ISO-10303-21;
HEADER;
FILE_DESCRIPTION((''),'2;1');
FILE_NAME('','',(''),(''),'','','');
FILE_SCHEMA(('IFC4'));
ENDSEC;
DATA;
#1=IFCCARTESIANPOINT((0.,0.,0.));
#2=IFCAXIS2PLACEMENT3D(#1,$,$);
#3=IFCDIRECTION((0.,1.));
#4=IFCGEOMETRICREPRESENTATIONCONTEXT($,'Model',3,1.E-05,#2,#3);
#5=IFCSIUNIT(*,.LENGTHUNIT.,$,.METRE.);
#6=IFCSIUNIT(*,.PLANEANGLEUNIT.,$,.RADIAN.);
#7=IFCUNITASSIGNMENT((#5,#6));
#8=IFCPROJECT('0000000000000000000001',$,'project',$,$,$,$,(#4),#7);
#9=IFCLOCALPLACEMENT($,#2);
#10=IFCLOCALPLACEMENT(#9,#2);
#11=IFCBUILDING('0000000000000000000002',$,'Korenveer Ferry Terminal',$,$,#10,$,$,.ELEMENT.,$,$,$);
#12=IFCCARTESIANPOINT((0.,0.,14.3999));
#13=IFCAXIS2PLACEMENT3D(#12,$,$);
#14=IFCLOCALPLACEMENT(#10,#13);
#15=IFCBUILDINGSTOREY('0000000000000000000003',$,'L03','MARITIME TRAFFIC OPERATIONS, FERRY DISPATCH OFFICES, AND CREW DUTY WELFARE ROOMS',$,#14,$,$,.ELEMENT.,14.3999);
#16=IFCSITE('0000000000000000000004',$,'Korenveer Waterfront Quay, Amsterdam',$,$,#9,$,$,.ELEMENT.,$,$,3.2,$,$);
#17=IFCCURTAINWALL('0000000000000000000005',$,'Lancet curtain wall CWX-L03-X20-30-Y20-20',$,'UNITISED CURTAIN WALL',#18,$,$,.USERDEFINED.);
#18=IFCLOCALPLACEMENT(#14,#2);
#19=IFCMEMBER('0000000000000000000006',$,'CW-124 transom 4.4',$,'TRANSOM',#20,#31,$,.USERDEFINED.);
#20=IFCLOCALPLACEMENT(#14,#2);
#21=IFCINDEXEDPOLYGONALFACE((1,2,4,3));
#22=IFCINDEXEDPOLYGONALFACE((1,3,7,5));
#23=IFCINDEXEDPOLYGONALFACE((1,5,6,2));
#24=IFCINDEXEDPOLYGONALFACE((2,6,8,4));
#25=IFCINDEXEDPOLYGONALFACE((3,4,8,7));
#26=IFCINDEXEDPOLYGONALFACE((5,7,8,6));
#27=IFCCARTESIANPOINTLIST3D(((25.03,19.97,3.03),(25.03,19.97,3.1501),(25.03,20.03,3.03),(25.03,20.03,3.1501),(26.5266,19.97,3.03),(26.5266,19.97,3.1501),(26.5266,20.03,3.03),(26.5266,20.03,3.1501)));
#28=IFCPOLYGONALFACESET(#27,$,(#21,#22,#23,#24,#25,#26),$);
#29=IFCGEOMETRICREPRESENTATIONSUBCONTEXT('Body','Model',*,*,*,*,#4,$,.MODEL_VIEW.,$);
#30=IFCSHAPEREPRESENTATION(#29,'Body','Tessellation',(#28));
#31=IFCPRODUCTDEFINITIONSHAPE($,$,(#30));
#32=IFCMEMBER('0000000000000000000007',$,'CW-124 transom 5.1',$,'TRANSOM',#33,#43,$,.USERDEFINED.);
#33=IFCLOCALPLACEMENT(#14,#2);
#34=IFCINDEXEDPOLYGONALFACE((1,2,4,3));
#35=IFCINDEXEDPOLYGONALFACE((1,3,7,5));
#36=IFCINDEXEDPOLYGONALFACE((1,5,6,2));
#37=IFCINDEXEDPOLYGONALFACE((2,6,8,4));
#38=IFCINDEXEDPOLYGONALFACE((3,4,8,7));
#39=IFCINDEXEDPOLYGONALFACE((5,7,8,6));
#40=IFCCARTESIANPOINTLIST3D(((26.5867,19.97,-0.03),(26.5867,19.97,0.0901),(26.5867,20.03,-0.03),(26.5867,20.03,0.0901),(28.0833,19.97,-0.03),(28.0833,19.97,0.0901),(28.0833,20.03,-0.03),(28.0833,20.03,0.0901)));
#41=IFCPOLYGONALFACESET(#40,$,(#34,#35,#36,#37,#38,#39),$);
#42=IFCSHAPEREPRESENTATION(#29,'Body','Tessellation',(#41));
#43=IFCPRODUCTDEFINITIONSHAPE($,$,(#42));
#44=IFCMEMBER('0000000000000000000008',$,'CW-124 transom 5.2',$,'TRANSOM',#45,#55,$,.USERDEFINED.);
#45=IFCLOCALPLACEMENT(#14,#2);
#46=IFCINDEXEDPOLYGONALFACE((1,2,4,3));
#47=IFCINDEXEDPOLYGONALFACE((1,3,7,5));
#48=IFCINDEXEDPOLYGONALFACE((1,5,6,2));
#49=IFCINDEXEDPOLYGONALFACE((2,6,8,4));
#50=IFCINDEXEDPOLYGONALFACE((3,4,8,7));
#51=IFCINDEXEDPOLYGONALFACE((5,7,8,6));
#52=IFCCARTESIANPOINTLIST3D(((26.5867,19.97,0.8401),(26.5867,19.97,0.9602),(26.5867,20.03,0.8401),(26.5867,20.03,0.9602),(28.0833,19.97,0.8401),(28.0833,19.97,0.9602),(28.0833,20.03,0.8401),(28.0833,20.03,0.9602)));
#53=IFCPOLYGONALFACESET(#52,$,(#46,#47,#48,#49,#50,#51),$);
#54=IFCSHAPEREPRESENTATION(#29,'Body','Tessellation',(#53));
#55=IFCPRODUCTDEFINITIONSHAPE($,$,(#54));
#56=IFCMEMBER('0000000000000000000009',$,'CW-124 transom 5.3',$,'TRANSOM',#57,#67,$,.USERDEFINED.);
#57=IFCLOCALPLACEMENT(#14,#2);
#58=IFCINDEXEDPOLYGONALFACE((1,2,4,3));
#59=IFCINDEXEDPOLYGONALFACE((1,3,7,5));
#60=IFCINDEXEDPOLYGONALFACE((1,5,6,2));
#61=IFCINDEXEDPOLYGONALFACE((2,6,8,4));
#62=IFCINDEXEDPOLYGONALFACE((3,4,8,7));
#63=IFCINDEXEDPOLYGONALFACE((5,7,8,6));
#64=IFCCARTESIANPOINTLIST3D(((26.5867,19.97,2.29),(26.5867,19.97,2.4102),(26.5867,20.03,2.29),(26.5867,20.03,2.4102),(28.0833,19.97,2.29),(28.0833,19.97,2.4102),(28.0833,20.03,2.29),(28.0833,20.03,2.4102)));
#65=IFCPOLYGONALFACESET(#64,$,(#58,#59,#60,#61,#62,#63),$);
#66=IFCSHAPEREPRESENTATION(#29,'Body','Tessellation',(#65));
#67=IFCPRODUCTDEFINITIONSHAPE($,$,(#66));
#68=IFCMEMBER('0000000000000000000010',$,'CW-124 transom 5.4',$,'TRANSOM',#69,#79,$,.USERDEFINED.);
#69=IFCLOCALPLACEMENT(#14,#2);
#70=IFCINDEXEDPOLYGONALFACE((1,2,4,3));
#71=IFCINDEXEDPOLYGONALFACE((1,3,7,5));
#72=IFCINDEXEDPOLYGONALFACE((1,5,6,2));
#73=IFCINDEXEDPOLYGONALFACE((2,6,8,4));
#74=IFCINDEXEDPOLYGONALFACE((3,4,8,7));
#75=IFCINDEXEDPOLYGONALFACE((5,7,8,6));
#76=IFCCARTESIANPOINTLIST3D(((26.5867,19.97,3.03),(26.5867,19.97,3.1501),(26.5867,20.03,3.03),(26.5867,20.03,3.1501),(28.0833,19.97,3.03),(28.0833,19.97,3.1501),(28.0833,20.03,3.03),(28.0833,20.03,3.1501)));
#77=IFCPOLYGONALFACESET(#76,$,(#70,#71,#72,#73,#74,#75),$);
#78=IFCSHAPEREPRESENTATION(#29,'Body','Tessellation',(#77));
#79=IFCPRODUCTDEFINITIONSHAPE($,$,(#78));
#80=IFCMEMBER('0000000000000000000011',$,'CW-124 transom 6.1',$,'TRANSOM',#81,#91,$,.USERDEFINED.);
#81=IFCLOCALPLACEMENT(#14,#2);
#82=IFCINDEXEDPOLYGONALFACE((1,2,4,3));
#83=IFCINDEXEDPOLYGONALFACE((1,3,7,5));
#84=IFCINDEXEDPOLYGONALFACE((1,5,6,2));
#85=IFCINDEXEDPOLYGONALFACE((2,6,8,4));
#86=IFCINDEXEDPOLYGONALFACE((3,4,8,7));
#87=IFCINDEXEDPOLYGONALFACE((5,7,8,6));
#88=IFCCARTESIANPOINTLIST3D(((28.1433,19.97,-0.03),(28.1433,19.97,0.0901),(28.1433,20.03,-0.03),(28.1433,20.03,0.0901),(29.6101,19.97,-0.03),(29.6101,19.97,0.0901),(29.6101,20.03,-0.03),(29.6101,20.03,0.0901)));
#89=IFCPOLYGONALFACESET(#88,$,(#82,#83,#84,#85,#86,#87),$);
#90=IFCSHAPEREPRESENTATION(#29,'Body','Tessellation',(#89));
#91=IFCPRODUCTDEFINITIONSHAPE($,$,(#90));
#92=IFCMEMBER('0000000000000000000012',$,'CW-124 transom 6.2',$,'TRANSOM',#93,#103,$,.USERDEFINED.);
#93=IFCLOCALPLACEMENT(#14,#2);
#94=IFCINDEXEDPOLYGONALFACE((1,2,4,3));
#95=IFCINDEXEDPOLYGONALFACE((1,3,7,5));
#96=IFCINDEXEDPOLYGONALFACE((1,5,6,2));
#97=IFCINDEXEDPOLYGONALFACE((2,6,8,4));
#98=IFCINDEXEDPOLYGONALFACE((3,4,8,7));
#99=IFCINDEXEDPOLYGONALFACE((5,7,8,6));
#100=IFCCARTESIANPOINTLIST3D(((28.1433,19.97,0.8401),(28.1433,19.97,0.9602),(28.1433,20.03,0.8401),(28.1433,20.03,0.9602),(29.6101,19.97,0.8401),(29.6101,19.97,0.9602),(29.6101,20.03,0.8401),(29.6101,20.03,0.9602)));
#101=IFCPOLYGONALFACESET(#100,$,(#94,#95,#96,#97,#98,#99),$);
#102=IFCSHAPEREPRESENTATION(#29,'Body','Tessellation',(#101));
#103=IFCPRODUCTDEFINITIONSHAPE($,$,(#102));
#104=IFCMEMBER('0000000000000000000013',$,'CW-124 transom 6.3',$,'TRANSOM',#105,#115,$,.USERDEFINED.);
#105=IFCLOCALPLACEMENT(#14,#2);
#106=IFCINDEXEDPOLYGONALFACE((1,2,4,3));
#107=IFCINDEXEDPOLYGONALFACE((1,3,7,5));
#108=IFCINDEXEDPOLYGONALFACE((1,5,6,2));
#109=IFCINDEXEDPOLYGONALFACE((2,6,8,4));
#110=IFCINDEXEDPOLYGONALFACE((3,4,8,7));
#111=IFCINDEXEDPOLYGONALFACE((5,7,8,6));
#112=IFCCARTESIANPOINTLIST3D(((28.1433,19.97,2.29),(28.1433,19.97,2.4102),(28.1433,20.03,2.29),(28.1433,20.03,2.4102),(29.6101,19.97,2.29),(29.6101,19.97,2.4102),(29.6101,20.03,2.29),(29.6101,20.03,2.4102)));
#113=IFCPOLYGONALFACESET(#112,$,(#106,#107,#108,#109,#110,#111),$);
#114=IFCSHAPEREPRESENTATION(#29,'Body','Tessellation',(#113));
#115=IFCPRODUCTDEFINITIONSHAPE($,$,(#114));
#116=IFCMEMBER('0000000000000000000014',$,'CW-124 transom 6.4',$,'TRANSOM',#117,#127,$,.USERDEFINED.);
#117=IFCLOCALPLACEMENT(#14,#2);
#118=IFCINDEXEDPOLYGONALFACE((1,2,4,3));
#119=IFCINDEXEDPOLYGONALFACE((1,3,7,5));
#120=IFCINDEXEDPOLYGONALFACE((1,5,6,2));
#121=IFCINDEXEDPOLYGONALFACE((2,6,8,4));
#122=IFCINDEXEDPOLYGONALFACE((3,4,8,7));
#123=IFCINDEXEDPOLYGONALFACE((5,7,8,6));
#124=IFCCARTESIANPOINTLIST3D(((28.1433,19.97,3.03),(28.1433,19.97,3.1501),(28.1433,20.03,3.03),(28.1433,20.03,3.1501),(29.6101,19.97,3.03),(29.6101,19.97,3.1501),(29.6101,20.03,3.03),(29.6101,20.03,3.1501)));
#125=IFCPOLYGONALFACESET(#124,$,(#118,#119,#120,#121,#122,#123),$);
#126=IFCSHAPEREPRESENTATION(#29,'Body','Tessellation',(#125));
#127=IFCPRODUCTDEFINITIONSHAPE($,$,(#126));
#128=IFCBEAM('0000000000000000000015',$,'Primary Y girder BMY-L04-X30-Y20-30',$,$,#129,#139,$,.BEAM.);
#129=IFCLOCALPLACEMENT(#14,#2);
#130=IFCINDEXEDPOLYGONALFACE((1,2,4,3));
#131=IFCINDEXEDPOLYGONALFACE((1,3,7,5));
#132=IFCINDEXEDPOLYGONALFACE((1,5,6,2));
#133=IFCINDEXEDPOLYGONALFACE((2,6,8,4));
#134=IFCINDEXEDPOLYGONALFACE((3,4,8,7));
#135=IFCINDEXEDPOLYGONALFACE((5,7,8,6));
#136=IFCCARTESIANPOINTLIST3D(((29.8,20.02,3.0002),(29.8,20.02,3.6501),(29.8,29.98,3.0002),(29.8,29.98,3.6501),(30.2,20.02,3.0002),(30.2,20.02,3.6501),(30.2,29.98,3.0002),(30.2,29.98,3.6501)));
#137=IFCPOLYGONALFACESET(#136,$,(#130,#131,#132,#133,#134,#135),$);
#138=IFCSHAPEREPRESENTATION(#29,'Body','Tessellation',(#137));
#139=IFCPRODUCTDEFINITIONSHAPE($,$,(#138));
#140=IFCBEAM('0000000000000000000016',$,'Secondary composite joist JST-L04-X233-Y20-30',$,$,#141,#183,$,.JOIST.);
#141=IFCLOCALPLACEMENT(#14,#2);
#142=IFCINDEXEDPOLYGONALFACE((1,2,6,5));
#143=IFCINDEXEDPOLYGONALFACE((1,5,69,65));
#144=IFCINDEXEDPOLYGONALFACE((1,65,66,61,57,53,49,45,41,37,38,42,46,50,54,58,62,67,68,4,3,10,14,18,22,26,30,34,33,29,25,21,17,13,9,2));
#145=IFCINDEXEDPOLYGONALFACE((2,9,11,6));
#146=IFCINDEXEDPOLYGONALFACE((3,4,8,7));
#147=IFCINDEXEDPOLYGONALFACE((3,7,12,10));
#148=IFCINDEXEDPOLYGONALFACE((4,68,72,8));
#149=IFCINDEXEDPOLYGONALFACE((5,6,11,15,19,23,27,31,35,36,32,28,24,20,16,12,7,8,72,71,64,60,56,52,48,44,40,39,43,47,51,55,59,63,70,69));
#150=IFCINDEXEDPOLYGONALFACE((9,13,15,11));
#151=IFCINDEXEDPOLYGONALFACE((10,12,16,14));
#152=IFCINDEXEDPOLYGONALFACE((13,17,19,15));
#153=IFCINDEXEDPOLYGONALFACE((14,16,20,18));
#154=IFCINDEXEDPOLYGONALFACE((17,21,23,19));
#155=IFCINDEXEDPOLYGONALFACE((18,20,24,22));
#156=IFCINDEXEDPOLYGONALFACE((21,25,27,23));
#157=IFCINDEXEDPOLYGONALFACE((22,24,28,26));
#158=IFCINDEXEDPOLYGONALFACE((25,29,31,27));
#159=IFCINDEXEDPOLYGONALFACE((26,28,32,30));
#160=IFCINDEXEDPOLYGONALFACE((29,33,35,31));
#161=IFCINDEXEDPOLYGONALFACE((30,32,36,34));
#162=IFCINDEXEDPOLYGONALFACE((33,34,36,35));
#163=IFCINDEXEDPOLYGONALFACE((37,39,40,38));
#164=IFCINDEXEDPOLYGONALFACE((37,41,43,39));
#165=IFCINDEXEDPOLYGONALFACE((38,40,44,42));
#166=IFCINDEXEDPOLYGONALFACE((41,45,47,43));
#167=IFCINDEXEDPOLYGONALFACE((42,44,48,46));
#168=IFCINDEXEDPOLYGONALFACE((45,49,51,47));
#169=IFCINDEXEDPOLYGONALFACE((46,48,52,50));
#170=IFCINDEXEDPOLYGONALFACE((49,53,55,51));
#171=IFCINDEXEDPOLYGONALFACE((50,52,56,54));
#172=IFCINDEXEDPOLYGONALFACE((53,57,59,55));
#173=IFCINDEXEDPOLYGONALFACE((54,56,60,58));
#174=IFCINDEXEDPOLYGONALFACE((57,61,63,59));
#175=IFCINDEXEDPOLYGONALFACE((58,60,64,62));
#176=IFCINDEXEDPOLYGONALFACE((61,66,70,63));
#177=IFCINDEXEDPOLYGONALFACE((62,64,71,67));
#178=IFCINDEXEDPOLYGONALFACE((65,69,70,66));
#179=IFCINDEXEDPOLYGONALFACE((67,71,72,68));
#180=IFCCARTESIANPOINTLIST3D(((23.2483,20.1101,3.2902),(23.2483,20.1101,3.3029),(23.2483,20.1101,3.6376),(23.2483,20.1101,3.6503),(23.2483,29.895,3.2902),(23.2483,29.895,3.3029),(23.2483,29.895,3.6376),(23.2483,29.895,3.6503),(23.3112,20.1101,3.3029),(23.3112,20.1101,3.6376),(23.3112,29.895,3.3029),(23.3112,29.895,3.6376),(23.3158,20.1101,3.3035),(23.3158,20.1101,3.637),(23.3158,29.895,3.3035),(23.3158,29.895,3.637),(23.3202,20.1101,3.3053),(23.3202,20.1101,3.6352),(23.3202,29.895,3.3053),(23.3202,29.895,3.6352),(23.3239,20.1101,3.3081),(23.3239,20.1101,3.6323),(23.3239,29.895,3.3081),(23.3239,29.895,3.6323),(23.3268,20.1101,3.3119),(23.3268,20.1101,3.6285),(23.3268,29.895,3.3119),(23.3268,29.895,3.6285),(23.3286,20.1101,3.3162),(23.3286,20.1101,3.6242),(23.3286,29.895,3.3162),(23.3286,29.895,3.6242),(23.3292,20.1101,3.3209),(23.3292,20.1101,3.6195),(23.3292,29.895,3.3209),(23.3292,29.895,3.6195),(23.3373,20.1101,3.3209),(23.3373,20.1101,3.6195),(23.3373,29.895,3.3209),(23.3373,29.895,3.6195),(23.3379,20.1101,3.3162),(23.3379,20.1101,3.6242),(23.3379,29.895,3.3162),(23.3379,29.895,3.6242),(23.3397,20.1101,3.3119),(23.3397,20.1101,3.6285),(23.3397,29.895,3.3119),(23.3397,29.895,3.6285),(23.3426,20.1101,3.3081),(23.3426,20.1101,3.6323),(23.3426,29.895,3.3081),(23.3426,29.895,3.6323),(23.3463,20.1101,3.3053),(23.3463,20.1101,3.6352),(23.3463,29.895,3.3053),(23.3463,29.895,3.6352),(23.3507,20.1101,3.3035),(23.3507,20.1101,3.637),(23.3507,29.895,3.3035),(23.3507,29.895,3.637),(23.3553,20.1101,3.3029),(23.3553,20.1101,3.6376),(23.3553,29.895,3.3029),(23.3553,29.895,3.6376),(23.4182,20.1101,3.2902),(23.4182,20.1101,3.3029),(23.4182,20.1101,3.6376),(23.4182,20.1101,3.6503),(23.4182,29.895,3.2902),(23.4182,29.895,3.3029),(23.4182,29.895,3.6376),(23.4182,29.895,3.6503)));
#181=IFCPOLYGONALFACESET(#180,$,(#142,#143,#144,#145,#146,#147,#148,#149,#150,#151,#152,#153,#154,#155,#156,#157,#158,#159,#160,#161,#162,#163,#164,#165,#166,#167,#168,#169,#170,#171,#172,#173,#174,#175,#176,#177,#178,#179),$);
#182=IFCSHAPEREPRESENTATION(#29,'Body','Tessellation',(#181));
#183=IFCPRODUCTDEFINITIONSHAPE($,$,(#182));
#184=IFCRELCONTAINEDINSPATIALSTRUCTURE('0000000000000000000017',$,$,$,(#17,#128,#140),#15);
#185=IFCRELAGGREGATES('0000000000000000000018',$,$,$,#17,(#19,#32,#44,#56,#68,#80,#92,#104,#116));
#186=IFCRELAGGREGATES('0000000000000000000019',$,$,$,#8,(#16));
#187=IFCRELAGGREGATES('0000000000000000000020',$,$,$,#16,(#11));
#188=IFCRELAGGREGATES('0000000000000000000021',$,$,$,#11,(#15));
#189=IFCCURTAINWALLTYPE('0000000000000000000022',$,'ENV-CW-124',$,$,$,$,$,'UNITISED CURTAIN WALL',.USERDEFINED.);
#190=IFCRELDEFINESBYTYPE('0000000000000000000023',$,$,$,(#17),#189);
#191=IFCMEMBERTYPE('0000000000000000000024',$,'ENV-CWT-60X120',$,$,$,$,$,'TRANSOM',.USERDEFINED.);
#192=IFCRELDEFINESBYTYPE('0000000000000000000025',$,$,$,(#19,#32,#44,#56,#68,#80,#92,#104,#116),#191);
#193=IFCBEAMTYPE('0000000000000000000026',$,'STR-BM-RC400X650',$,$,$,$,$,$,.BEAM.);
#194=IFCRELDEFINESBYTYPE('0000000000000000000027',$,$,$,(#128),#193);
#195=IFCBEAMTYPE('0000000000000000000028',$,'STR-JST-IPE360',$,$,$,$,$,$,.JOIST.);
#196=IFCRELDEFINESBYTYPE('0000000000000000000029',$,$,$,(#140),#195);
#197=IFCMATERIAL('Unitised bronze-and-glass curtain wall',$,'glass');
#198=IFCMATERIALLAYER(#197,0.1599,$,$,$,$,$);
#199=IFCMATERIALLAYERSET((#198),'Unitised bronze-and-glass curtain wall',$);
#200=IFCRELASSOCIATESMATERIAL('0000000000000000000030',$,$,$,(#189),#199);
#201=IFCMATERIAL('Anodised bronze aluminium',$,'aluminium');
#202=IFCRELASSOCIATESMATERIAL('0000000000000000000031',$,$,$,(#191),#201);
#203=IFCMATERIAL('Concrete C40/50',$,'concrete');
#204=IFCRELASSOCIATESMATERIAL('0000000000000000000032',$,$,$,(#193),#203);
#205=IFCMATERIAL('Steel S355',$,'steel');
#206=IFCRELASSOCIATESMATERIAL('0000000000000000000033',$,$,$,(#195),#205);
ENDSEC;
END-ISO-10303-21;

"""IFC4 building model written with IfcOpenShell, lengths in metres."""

from ifc_helpers import new_model, si_unit, direction, frame, origin, origin_2d, place, context, subcontext, project, spatial, rectangle, i_section, extrude, material, layer, layer_set, material_profile, profile_set, type_object, element, aggregate, save


model = new_model("IFC4")

# Units and contexts
model_context = context("Model", 3, precision=1e-05, world=origin(), true_north=direction((0.0, 1.0)))
body_context = subcontext(model_context, "Body", "Model", "MODEL_VIEW")
ifc_project = project(units=[si_unit("LENGTHUNIT", "METRE"), si_unit("PLANEANGLEUNIT", "RADIAN")], contexts=[model_context])

# Site, building, storey
site_placement = place(None, origin())
site = spatial("IfcSite", under=ifc_project, at=site_placement, Name="Korenveer Waterfront Quay, Amsterdam", CompositionType="ELEMENT", RefElevation=3.2)
building_placement = place(site_placement, origin())
building = spatial("IfcBuilding", under=site, at=building_placement, Name="Korenveer Ferry Terminal", CompositionType="ELEMENT")
storey_placement = place(building_placement, frame((0.0, 0.0, 14.3999)))
storey = spatial("IfcBuildingStorey", under=building, at=storey_placement, Name="L03", Description="MARITIME TRAFFIC OPERATIONS, FERRY DISPATCH OFFICES, AND CREW DUTY WELFARE ROOMS", CompositionType="ELEMENT", Elevation=14.3999)

# Curtain wall
ifc_material_1 = material(Name="Unitised bronze-and-glass curtain wall", Category="glass")
ifc_layer_1 = layer(ifc_material_1, 0.1599)
ifc_layer_set_1 = layer_set([ifc_layer_1], Name="Unitised bronze-and-glass curtain wall")
curtain_wall_type_1 = type_object("IfcCurtainWallType", Name="ENV-CW-124", ElementType="UNITISED CURTAIN WALL", PredefinedType="USERDEFINED", material=ifc_layer_set_1)
curtain_wall_1_placement = place(storey_placement, frame((20.3301, 20.0, 0.0)))
curtain_wall_1 = element("IfcCurtainWall", 1, at=curtain_wall_1_placement, inside=storey, type_object=curtain_wall_type_1, Name="Lancet curtain wall CWX-L03-X20-30-Y20-20", ObjectType="UNITISED CURTAIN WALL", PredefinedType="USERDEFINED")
ifc_material_2 = material(Name="Anodised bronze aluminium", Category="aluminium")

# Members
ifc_material_profile_1 = material_profile(ifc_material_2, rectangle(XDim=0.0601, YDim=0.1201, at=origin_2d()), Name="ALU 60x120")
ifc_profile_set_1 = profile_set([ifc_material_profile_1], Name="Anodised bronze aluminium")
member_type_1 = type_object("IfcMemberType", Name="ENV-CWT-60X120", ElementType="TRANSOM", PredefinedType="USERDEFINED", material=ifc_profile_set_1)
member_1_placement = place(storey_placement, frame((25.03, 20.0, 3.0901), z_axis=(1.0, 0.0, 0.0), x_axis=(0.0, 1.0, 0.0)))
member_1 = element("IfcMember", 2, at=member_1_placement, type_object=member_type_1, Name="CW-124 transom 4.4", ObjectType="TRANSOM", PredefinedType="USERDEFINED", context=body_context, shape_type="SweptSolid", body=[
    extrude(rectangle(XDim=0.0601, YDim=0.1201, at=origin_2d()), origin(), (0.0, 0.0, 1.0), 1.4966),
])
member_2_placement = place(storey_placement, frame((26.5867, 20.0, 0.03), z_axis=(1.0, 0.0, 0.0), x_axis=(0.0, 1.0, 0.0)))
member_2 = element("IfcMember", 3, at=member_2_placement, type_object=member_type_1, Name="CW-124 transom 5.1", ObjectType="TRANSOM", PredefinedType="USERDEFINED", context=body_context, shape_type="SweptSolid", body=[
    extrude(rectangle(XDim=0.0601, YDim=0.1201, at=origin_2d()), origin(), (0.0, 0.0, 1.0), 1.4966),
])
member_3_placement = place(storey_placement, frame((26.5867, 20.0, 0.9001), z_axis=(1.0, 0.0, 0.0), x_axis=(0.0, 1.0, 0.0)))
member_3 = element("IfcMember", 4, at=member_3_placement, type_object=member_type_1, Name="CW-124 transom 5.2", ObjectType="TRANSOM", PredefinedType="USERDEFINED", context=body_context, shape_type="SweptSolid", body=[
    extrude(rectangle(XDim=0.0601, YDim=0.1201, at=origin_2d()), origin(), (0.0, 0.0, 1.0), 1.4966),
])
member_4_placement = place(storey_placement, frame((26.5867, 20.0, 2.3501), z_axis=(1.0, 0.0, 0.0), x_axis=(0.0, 1.0, 0.0)))
member_4 = element("IfcMember", 5, at=member_4_placement, type_object=member_type_1, Name="CW-124 transom 5.3", ObjectType="TRANSOM", PredefinedType="USERDEFINED", context=body_context, shape_type="SweptSolid", body=[
    extrude(rectangle(XDim=0.0601, YDim=0.1201, at=origin_2d()), origin(), (0.0, 0.0, 1.0), 1.4966),
])
member_5_placement = place(storey_placement, frame((26.5867, 20.0, 3.0901), z_axis=(1.0, 0.0, 0.0), x_axis=(0.0, 1.0, 0.0)))
member_5 = element("IfcMember", 6, at=member_5_placement, type_object=member_type_1, Name="CW-124 transom 5.4", ObjectType="TRANSOM", PredefinedType="USERDEFINED", context=body_context, shape_type="SweptSolid", body=[
    extrude(rectangle(XDim=0.0601, YDim=0.1201, at=origin_2d()), origin(), (0.0, 0.0, 1.0), 1.4966),
])
member_6_placement = place(storey_placement, frame((28.1433, 20.0, 0.03), z_axis=(1.0, 0.0, 0.0), x_axis=(0.0, 1.0, 0.0)))
member_6 = element("IfcMember", 7, at=member_6_placement, type_object=member_type_1, Name="CW-124 transom 6.1", ObjectType="TRANSOM", PredefinedType="USERDEFINED", context=body_context, shape_type="SweptSolid", body=[
    extrude(rectangle(XDim=0.0601, YDim=0.1201, at=origin_2d()), origin(), (0.0, 0.0, 1.0), 1.4668),
])
member_7_placement = place(storey_placement, frame((28.1433, 20.0, 0.9001), z_axis=(1.0, 0.0, 0.0), x_axis=(0.0, 1.0, 0.0)))
member_7 = element("IfcMember", 8, at=member_7_placement, type_object=member_type_1, Name="CW-124 transom 6.2", ObjectType="TRANSOM", PredefinedType="USERDEFINED", context=body_context, shape_type="SweptSolid", body=[
    extrude(rectangle(XDim=0.0601, YDim=0.1201, at=origin_2d()), origin(), (0.0, 0.0, 1.0), 1.4668),
])
member_8_placement = place(storey_placement, frame((28.1433, 20.0, 2.3501), z_axis=(1.0, 0.0, 0.0), x_axis=(0.0, 1.0, 0.0)))
member_8 = element("IfcMember", 9, at=member_8_placement, type_object=member_type_1, Name="CW-124 transom 6.3", ObjectType="TRANSOM", PredefinedType="USERDEFINED", context=body_context, shape_type="SweptSolid", body=[
    extrude(rectangle(XDim=0.0601, YDim=0.1201, at=origin_2d()), origin(), (0.0, 0.0, 1.0), 1.4668),
])
member_9_placement = place(storey_placement, frame((28.1433, 20.0, 3.0901), z_axis=(1.0, 0.0, 0.0), x_axis=(0.0, 1.0, 0.0)))
member_9 = element("IfcMember", 10, at=member_9_placement, type_object=member_type_1, Name="CW-124 transom 6.4", ObjectType="TRANSOM", PredefinedType="USERDEFINED", context=body_context, shape_type="SweptSolid", body=[
    extrude(rectangle(XDim=0.0601, YDim=0.1201, at=origin_2d()), origin(), (0.0, 0.0, 1.0), 1.4668),
])

# Beams
ifc_material_3 = material(Name="Concrete C40/50", Category="concrete")
ifc_material_profile_2 = material_profile(ifc_material_3, rectangle(XDim=0.3999, YDim=0.6499, at=origin_2d()), Name="RC 400x650")
ifc_profile_set_2 = profile_set([ifc_material_profile_2], Name="Concrete C40/50")
beam_type_1 = type_object("IfcBeamType", Name="STR-BM-RC400X650", PredefinedType="BEAM", material=ifc_profile_set_2)
beam_placement = place(storey_placement, frame((30.0, 20.02, 3.3252), z_axis=(0.0, 1.0, 0.0), x_axis=(-1.0, 0.0, 0.0)))
element("IfcBeam", 11, at=beam_placement, inside=storey, type_object=beam_type_1, Name="Primary Y girder BMY-L04-X30-Y20-30", PredefinedType="BEAM", context=body_context, shape_type="SweptSolid", body=[
    extrude(rectangle(XDim=0.3999, YDim=0.6499, at=origin_2d()), origin(), (0.0, 0.0, 1.0), 9.96),
])
ifc_material_4 = material(Name="Steel S355", Category="steel")
ifc_material_profile_3 = material_profile(ifc_material_4, i_section(OverallWidth=0.1699, OverallDepth=0.3601, WebThickness=0.0081, FlangeThickness=0.0127, FilletRadius=0.0181, at=origin_2d()), Name="IPE 360")
ifc_profile_set_3 = profile_set([ifc_material_profile_3], Name="Steel S355")
beam_type_2 = type_object("IfcBeamType", Name="STR-JST-IPE360", PredefinedType="JOIST", material=ifc_profile_set_3)
for number, where, z_axis, x_axis, name in (
    (12, (23.3333, 20.1101, 3.4702), (0.0, 1.0, 0.0), (-1.0, 0.0, 0.0), "Secondary composite joist JST-L04-X233-Y20-30"),
):
    element("IfcBeam", number, at=place(storey_placement, frame(where, z_axis=z_axis, x_axis=x_axis)), inside=storey, type_object=beam_type_2, Name=name, PredefinedType="JOIST", context=body_context, shape_type="SweptSolid", body=[
        extrude(i_section(OverallWidth=0.1699, OverallDepth=0.3601, WebThickness=0.0081, FlangeThickness=0.0127, FilletRadius=0.0181, at=origin_2d()), origin(), (0.0, 0.0, 1.0), 9.7849),
    ])

aggregate(curtain_wall_1, [member_1, member_2, member_3, member_4, member_5, member_6, member_7, member_8, member_9])

save(model, "model.ifc")
